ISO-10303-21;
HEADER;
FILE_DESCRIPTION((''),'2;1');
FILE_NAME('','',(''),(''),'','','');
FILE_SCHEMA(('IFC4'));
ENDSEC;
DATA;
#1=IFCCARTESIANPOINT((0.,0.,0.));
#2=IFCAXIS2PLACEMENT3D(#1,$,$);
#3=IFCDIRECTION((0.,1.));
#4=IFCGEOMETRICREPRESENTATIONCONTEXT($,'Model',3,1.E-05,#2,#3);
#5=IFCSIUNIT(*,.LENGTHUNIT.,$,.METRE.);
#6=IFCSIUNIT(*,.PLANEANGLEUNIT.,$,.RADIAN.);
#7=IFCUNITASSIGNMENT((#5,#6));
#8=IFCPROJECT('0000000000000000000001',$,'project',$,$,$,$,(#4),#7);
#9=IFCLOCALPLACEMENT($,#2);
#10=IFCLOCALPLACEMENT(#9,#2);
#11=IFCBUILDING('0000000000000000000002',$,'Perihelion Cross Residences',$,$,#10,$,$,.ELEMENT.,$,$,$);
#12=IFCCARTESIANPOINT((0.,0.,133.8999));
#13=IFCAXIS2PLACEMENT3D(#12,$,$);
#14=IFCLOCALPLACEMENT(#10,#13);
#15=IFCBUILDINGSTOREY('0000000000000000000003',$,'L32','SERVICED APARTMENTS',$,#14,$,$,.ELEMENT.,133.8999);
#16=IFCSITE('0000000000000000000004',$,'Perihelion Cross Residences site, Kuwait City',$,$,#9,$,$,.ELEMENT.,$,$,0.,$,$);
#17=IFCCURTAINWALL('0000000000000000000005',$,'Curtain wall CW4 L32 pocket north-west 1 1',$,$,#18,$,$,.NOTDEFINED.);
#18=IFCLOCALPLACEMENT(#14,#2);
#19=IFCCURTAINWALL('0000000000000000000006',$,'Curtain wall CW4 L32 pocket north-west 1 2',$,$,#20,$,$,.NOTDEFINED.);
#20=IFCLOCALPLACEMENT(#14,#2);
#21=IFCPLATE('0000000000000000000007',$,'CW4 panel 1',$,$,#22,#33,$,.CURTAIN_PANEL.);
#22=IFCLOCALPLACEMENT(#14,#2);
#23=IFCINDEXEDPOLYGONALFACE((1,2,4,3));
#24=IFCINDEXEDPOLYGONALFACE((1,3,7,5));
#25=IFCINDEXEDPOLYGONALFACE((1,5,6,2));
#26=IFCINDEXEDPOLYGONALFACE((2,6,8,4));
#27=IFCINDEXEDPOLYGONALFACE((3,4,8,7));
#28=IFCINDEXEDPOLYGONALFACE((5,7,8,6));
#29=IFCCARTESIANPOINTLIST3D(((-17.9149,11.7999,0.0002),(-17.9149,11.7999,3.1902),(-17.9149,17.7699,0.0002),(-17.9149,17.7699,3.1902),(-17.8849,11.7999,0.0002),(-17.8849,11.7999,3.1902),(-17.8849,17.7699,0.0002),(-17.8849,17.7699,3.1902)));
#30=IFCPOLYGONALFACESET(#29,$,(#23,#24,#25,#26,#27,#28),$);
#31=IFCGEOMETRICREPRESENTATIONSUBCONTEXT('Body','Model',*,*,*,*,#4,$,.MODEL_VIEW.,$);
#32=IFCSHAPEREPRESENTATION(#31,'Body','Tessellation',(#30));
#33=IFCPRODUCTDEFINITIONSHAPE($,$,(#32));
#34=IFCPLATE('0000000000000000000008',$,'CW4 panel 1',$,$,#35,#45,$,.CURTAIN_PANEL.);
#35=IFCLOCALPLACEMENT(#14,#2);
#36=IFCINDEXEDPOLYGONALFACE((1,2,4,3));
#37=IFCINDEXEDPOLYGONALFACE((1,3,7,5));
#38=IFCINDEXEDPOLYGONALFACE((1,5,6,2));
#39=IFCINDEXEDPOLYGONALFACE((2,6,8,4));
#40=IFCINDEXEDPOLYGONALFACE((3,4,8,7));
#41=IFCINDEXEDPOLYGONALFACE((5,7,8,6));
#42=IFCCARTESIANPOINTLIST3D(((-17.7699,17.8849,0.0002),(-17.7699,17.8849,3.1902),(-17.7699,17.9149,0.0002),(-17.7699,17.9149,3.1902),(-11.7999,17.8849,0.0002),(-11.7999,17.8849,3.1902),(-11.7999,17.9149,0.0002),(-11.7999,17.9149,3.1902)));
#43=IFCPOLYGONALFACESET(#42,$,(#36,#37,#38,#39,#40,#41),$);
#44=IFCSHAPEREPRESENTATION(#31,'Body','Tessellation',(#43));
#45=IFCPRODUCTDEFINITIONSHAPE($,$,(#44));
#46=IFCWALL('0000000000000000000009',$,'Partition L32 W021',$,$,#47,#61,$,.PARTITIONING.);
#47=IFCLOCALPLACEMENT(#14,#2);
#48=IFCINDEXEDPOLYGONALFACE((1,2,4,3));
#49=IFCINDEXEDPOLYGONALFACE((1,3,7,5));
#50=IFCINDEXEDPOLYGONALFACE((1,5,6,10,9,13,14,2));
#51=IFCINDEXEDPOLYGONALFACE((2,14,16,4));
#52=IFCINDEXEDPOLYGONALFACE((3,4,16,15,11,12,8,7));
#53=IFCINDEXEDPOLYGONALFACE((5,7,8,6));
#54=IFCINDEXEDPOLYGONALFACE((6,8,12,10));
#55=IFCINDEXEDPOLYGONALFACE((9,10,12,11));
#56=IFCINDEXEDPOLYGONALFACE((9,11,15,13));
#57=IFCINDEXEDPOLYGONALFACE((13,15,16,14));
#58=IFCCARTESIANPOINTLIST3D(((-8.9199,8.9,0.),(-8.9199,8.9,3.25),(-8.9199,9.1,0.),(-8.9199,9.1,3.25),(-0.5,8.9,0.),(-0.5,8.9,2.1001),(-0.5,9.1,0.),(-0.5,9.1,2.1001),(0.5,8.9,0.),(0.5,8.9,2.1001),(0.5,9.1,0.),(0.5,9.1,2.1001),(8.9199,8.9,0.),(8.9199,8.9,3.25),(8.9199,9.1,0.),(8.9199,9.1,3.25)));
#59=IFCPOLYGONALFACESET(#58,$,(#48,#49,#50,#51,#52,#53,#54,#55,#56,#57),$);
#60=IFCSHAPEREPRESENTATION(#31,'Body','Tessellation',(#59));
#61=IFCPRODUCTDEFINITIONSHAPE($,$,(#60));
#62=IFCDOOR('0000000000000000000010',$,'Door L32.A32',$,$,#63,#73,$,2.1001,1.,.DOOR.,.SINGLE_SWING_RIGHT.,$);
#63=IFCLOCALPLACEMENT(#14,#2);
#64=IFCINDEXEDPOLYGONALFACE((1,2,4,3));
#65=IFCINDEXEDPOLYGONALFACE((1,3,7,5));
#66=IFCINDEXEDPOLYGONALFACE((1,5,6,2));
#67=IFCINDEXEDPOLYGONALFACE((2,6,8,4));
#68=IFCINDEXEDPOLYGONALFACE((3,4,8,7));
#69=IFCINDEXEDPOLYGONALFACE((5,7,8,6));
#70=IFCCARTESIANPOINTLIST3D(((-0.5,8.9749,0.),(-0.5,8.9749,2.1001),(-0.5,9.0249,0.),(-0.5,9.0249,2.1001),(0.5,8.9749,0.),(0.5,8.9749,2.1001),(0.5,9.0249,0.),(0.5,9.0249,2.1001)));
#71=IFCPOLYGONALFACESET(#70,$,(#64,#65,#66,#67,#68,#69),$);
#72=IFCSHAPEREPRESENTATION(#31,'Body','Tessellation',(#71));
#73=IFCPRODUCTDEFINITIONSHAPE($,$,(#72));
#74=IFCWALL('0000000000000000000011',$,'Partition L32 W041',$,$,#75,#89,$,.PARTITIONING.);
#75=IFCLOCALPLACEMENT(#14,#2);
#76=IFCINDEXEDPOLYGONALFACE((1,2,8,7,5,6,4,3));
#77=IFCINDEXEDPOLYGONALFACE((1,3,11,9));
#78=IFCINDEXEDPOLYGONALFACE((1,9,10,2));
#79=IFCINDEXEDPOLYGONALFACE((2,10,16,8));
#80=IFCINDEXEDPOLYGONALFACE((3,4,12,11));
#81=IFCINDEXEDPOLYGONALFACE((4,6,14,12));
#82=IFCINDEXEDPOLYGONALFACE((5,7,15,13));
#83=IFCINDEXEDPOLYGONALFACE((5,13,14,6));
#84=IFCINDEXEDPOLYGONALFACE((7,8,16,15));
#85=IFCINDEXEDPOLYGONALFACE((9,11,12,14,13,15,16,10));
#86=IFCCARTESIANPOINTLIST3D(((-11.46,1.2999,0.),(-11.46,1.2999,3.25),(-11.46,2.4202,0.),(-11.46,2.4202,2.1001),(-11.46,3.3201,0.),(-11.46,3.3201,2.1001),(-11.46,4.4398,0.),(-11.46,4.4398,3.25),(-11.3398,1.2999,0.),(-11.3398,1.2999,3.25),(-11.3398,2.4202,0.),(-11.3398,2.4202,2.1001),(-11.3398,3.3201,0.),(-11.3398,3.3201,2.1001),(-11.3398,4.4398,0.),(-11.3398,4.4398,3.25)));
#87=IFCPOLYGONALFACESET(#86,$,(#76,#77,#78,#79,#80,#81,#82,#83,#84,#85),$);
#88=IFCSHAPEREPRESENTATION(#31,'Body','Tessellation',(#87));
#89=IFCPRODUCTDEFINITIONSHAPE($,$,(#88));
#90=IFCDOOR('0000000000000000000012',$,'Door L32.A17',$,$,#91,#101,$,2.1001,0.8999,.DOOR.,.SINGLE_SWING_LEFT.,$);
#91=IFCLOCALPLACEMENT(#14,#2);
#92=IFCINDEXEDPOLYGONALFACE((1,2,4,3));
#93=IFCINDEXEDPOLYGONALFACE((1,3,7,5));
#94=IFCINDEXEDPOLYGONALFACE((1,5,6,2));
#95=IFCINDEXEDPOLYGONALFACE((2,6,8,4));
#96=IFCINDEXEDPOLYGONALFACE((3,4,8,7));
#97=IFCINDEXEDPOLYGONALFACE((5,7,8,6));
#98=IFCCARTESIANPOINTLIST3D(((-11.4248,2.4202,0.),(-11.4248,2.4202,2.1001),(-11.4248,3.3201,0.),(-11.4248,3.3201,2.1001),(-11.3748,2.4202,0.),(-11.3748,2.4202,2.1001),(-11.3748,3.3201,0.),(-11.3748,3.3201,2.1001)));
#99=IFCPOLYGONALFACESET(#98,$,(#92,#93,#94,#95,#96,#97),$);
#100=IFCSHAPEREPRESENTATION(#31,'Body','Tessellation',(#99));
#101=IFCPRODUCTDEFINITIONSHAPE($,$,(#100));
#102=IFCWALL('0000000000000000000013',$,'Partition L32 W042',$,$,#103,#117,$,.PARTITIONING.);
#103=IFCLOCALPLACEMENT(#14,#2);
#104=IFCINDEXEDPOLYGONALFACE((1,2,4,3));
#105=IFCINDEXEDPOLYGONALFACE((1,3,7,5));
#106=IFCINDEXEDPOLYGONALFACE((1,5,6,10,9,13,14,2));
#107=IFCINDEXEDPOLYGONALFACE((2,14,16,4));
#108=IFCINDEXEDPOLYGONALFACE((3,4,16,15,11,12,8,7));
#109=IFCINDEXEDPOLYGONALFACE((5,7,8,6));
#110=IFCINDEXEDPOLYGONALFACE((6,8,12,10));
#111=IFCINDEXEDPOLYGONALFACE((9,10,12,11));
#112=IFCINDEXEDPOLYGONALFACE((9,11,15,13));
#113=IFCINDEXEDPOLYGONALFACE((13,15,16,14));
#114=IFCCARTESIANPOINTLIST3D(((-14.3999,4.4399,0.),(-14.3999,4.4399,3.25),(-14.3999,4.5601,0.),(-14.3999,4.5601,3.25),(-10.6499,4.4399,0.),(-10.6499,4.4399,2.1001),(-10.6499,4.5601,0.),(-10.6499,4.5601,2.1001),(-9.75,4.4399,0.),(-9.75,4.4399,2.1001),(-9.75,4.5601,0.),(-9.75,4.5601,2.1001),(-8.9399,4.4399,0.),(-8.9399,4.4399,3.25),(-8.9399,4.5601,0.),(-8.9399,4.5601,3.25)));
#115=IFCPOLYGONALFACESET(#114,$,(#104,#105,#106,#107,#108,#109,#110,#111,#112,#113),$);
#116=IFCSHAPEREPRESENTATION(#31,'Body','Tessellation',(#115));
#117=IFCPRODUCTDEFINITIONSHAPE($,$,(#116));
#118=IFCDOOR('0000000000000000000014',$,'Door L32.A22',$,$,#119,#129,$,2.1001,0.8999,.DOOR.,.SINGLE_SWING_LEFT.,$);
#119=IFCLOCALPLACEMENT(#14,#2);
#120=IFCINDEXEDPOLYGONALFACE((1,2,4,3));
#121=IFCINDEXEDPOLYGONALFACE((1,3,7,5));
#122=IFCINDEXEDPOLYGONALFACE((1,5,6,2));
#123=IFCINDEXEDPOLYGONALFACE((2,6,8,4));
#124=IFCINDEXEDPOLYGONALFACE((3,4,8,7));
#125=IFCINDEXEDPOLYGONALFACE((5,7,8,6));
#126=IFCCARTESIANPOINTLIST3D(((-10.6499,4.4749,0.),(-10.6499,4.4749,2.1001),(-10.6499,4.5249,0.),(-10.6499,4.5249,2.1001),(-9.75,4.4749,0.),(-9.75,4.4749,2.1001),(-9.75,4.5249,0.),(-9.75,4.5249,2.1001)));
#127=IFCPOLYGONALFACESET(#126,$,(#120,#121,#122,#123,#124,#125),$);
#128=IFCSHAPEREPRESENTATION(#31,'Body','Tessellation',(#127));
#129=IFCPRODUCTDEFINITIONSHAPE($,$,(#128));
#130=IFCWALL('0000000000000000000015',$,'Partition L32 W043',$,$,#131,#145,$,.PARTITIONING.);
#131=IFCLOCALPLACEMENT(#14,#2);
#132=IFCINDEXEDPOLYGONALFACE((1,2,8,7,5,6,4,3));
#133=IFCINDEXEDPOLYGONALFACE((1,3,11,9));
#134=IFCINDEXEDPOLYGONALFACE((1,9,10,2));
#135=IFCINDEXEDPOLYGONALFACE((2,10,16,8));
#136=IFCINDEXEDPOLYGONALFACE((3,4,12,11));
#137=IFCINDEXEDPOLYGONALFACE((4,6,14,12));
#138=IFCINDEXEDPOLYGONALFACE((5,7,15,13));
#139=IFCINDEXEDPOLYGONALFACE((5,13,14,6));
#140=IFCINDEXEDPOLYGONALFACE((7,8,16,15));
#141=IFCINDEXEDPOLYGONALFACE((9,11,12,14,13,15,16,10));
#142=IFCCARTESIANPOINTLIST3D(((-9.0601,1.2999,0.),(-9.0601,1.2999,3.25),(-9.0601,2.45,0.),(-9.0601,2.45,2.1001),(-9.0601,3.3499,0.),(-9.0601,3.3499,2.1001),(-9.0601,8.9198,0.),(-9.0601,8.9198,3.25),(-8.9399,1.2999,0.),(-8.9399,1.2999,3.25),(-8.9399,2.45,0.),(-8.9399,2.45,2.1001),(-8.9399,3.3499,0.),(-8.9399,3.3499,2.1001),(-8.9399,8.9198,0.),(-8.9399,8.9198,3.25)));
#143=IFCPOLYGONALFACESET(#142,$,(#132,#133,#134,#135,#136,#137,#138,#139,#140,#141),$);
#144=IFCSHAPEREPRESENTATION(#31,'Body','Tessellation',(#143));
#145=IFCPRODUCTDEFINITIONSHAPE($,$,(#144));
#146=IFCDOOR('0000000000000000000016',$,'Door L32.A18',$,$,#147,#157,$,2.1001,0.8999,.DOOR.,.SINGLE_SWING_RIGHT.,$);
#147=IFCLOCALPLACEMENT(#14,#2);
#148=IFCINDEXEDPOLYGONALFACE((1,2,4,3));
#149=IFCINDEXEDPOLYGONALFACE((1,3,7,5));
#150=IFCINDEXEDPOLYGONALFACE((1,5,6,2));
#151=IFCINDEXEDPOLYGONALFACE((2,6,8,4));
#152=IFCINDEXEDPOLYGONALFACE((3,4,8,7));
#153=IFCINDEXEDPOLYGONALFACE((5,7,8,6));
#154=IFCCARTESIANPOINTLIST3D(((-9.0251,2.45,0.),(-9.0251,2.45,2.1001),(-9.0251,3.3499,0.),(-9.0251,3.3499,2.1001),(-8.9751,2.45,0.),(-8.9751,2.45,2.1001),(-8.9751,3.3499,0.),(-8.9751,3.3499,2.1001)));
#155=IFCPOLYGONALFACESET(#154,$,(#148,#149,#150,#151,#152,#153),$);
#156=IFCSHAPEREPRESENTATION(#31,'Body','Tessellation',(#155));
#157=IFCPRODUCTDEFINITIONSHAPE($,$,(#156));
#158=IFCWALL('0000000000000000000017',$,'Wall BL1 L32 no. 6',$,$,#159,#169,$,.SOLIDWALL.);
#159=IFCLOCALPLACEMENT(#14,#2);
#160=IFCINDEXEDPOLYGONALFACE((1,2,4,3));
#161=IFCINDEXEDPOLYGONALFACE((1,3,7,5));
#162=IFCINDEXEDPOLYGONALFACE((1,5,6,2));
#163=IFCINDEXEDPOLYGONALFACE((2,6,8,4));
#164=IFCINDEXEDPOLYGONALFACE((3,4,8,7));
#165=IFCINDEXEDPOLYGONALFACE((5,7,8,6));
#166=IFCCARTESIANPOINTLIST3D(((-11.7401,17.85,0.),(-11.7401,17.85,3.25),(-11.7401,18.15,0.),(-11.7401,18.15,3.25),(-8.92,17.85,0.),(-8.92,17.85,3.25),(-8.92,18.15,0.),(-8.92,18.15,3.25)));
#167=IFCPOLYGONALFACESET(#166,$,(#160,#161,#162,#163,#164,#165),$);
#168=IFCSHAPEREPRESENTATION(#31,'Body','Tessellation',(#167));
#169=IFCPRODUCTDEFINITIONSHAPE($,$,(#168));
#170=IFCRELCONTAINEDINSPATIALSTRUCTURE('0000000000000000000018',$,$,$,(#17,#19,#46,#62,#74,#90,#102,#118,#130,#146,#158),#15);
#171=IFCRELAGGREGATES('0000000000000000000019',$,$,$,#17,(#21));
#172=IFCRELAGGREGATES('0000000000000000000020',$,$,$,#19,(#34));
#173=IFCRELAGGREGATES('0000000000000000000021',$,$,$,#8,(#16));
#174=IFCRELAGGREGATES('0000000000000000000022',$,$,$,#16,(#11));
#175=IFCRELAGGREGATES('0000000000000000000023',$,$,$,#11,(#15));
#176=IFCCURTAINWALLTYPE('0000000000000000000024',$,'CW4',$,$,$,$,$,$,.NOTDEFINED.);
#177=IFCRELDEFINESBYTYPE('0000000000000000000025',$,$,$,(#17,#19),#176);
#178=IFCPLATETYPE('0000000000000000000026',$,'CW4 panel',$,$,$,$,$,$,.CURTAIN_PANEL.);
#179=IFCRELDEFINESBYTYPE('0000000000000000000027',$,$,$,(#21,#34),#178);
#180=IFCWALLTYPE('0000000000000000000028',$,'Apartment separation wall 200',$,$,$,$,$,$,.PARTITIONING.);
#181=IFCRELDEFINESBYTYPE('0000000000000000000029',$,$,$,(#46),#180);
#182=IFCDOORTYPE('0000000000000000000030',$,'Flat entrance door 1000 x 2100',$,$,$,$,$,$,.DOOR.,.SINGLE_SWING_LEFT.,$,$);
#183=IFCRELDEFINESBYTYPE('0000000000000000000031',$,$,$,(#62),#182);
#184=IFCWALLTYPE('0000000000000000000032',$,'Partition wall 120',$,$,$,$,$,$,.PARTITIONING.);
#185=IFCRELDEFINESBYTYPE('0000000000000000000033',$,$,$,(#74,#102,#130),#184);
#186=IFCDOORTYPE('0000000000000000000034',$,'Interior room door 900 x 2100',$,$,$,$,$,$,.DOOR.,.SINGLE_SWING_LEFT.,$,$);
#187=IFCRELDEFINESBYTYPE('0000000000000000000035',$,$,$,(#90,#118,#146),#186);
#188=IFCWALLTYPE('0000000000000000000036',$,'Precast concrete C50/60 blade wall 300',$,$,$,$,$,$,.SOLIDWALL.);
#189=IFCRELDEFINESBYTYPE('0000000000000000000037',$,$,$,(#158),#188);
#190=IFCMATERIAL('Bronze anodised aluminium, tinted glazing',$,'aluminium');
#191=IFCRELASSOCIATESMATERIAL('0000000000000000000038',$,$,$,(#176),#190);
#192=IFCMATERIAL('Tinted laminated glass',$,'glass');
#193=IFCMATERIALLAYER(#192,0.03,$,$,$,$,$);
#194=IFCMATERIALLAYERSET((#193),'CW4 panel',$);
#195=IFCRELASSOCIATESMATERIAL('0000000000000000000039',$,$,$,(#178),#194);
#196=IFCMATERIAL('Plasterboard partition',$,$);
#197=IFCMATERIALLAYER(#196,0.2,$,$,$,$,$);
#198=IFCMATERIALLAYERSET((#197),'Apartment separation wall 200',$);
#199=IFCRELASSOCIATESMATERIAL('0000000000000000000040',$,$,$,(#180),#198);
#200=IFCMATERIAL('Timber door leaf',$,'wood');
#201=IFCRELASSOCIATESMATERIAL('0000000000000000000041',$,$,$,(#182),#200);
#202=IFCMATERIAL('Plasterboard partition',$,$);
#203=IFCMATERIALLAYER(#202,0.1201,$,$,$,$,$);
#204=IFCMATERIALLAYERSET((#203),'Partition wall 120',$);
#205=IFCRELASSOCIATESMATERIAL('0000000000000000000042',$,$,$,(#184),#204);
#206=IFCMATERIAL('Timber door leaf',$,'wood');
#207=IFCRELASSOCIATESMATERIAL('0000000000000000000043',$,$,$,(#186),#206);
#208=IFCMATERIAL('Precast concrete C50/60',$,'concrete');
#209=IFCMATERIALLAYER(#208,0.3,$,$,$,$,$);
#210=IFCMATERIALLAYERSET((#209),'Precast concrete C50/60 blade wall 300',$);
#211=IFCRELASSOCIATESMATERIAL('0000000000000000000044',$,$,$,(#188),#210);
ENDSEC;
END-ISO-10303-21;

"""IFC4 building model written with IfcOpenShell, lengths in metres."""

from ifc_helpers import new_model, si_unit, direction, frame, frame_2d, origin, origin_2d, place, context, subcontext, project, spatial, rectangle, extrude, material, layer, layer_set, type_object, element, fill, aggregate, save


model = new_model("IFC4")

# Units and contexts
model_context = context("Model", 3, precision=1e-05, world=origin(), true_north=direction((0.0, 1.0)))
body_context = subcontext(model_context, "Body", "Model", "MODEL_VIEW")
ifc_project = project(units=[si_unit("LENGTHUNIT", "METRE"), si_unit("PLANEANGLEUNIT", "RADIAN")], contexts=[model_context])

# Site, building, storey
site_placement = place(None, origin())
site = spatial("IfcSite", under=ifc_project, at=site_placement, Name="Perihelion Cross Residences site, Kuwait City", CompositionType="ELEMENT", RefElevation=0.0)
building_placement = place(site_placement, origin())
building = spatial("IfcBuilding", under=site, at=building_placement, Name="Perihelion Cross Residences", CompositionType="ELEMENT")
storey_placement = place(building_placement, frame((0.0, 0.0, 133.8999)))
storey = spatial("IfcBuildingStorey", under=building, at=storey_placement, Name="L32", Description="SERVICED APARTMENTS", CompositionType="ELEMENT", Elevation=133.8999)

# Curtain walls
ifc_material_1 = material(Name="Bronze anodised aluminium, tinted glazing", Category="aluminium")
curtain_wall_type_1 = type_object("IfcCurtainWallType", Name="CW4", PredefinedType="NOTDEFINED", material=ifc_material_1)
curtain_wall_1_placement = place(storey_placement, origin())
curtain_wall_1 = element("IfcCurtainWall", 1, at=curtain_wall_1_placement, inside=storey, type_object=curtain_wall_type_1, Name="Curtain wall CW4 L32 pocket north-west 1 1", PredefinedType="NOTDEFINED")
curtain_wall_2_placement = place(storey_placement, origin())
curtain_wall_2 = element("IfcCurtainWall", 2, at=curtain_wall_2_placement, inside=storey, type_object=curtain_wall_type_1, Name="Curtain wall CW4 L32 pocket north-west 1 2", PredefinedType="NOTDEFINED")

# Plates
ifc_material_2 = material(Name="Tinted laminated glass", Category="glass")
ifc_layer_1 = layer(ifc_material_2, 0.03)
ifc_layer_set_1 = layer_set([ifc_layer_1], Name="CW4 panel")
plate_type_1 = type_object("IfcPlateType", Name="CW4 panel", PredefinedType="CURTAIN_PANEL", material=ifc_layer_set_1)
plate_1_placement = place(storey_placement, frame((-17.8999, 14.7849, 0.0002), z_axis=(0.0, 0.0, 1.0), x_axis=(0.0, 1.0, 0.0)))
plate_1 = element("IfcPlate", 3, at=plate_1_placement, type_object=plate_type_1, Name="CW4 panel 1", PredefinedType="CURTAIN_PANEL", context=body_context, shape_type="SweptSolid", body=[
    extrude(rectangle(XDim=5.97, YDim=0.03, at=origin_2d()), origin(), (0.0, 0.0, 1.0), 3.1899),
])
aggregate(curtain_wall_1, [plate_1])
plate_2_placement = place(storey_placement, frame((-14.7849, 17.8999, 0.0002), z_axis=(0.0, 0.0, 1.0), x_axis=(1.0, 0.0, 0.0)))
plate_2 = element("IfcPlate", 4, at=plate_2_placement, type_object=plate_type_1, Name="CW4 panel 1", PredefinedType="CURTAIN_PANEL", context=body_context, shape_type="SweptSolid", body=[
    extrude(rectangle(XDim=5.97, YDim=0.03, at=origin_2d()), origin(), (0.0, 0.0, 1.0), 3.1899),
])
aggregate(curtain_wall_2, [plate_2])

# Walls, openings, doors
ifc_material_3 = material(Name="Plasterboard partition")
ifc_layer_2 = layer(ifc_material_3, 0.2)
ifc_layer_set_2 = layer_set([ifc_layer_2], Name="Apartment separation wall 200")
wall_type_1 = type_object("IfcWallType", Name="Apartment separation wall 200", PredefinedType="PARTITIONING", material=ifc_layer_set_2)
wall_1_placement = place(storey_placement, frame((-8.9199, 9.0, 0.0), z_axis=(0.0, 0.0, 1.0), x_axis=(1.0, 0.0, 0.0)))
wall_1 = element("IfcWall", 5, at=wall_1_placement, inside=storey, type_object=wall_type_1, Name="Partition L32 W021", PredefinedType="PARTITIONING", context=body_context, shape_type="SweptSolid", body=[
    extrude(rectangle(XDim=17.8398, YDim=0.2, at=frame_2d((8.9199, 0.0))), origin(), (0.0, 0.0, 1.0), 3.25),
])
opening_1_placement = place(wall_1_placement, frame((8.4199, 0.0, 0.0)))
opening_1 = element("IfcOpeningElement", 6, at=opening_1_placement, cuts=wall_1, PredefinedType="OPENING", context=body_context, shape_type="SweptSolid", body=[
    extrude(rectangle(XDim=1.0, YDim=2.1001, at=frame_2d((0.5, 1.05))), frame((0.0, 0.1099, 0.0), z_axis=(0.0, -1.0, 0.0), x_axis=(1.0, 0.0, 0.0)), (0.0, 0.0, 1.0), 0.22),
])
ifc_material_4 = material(Name="Timber door leaf", Category="wood")
door_type_1 = type_object("IfcDoorType", Name="Flat entrance door 1000 x 2100", OperationType="SINGLE_SWING_LEFT", PredefinedType="DOOR", material=ifc_material_4)
door_1_placement = place(opening_1_placement, origin())
door_1 = element("IfcDoor", 7, at=door_1_placement, inside=storey, type_object=door_type_1, Name="Door L32.A32", OperationType="SINGLE_SWING_RIGHT", OverallHeight=2.1001, OverallWidth=1.0, PredefinedType="DOOR", context=body_context, shape_type="SweptSolid", body=[
    extrude(rectangle(XDim=1.0, YDim=2.1001, at=frame_2d((0.5, 1.05))), frame((0.0, 0.0249, 0.0), z_axis=(0.0, -1.0, 0.0), x_axis=(1.0, 0.0, 0.0)), (0.0, 0.0, 1.0), 0.05),
])
fill(opening_1, door_1)
ifc_material_5 = material(Name="Plasterboard partition")
ifc_layer_3 = layer(ifc_material_5, 0.1201)
ifc_layer_set_3 = layer_set([ifc_layer_3], Name="Partition wall 120")
wall_type_2 = type_object("IfcWallType", Name="Partition wall 120", PredefinedType="PARTITIONING", material=ifc_layer_set_3)
wall_2_placement = place(storey_placement, frame((-11.3999, 1.3, 0.0), z_axis=(0.0, 0.0, 1.0), x_axis=(0.0, 1.0, 0.0)))
wall_2 = element("IfcWall", 8, at=wall_2_placement, inside=storey, type_object=wall_type_2, Name="Partition L32 W041", PredefinedType="PARTITIONING", context=body_context, shape_type="SweptSolid", body=[
    extrude(rectangle(XDim=3.1399, YDim=0.1201, at=frame_2d((1.5698, 0.0))), origin(), (0.0, 0.0, 1.0), 3.25),
])
opening_2_placement = place(wall_2_placement, frame((1.1201, 0.0, 0.0)))
opening_2 = element("IfcOpeningElement", 9, at=opening_2_placement, cuts=wall_2, PredefinedType="OPENING", context=body_context, shape_type="SweptSolid", body=[
    extrude(rectangle(XDim=0.8999, YDim=2.1001, at=frame_2d((0.45, 1.05))), frame((0.0, 0.0701, 0.0), z_axis=(0.0, -1.0, 0.0), x_axis=(1.0, 0.0, 0.0)), (0.0, 0.0, 1.0), 0.1401),
])
ifc_material_6 = material(Name="Timber door leaf", Category="wood")
door_type_2 = type_object("IfcDoorType", Name="Interior room door 900 x 2100", OperationType="SINGLE_SWING_LEFT", PredefinedType="DOOR", material=ifc_material_6)
door_2_placement = place(opening_2_placement, origin())
door_2 = element("IfcDoor", 10, at=door_2_placement, inside=storey, type_object=door_type_2, Name="Door L32.A17", OperationType="SINGLE_SWING_LEFT", OverallHeight=2.1001, OverallWidth=0.8999, PredefinedType="DOOR", context=body_context, shape_type="SweptSolid", body=[
    extrude(rectangle(XDim=0.8999, YDim=2.1001, at=frame_2d((0.45, 1.05))), frame((0.0, 0.0249, 0.0), z_axis=(0.0, -1.0, 0.0), x_axis=(1.0, 0.0, 0.0)), (0.0, 0.0, 1.0), 0.05),
])
fill(opening_2, door_2)
wall_3_placement = place(storey_placement, frame((-14.3999, 4.5, 0.0), z_axis=(0.0, 0.0, 1.0), x_axis=(1.0, 0.0, 0.0)))
wall_3 = element("IfcWall", 11, at=wall_3_placement, inside=storey, type_object=wall_type_2, Name="Partition L32 W042", PredefinedType="PARTITIONING", context=body_context, shape_type="SweptSolid", body=[
    extrude(rectangle(XDim=5.46, YDim=0.1201, at=frame_2d((2.73, 0.0))), origin(), (0.0, 0.0, 1.0), 3.25),
])
opening_3_placement = place(wall_3_placement, frame((3.75, 0.0, 0.0)))
opening_3 = element("IfcOpeningElement", 12, at=opening_3_placement, cuts=wall_3, PredefinedType="OPENING", context=body_context, shape_type="SweptSolid", body=[
    extrude(rectangle(XDim=0.8999, YDim=2.1001, at=frame_2d((0.45, 1.05))), frame((0.0, 0.0701, 0.0), z_axis=(0.0, -1.0, 0.0), x_axis=(1.0, 0.0, 0.0)), (0.0, 0.0, 1.0), 0.1401),
])
door_3_placement = place(opening_3_placement, origin())
door_3 = element("IfcDoor", 13, at=door_3_placement, inside=storey, type_object=door_type_2, Name="Door L32.A22", OperationType="SINGLE_SWING_LEFT", OverallHeight=2.1001, OverallWidth=0.8999, PredefinedType="DOOR", context=body_context, shape_type="SweptSolid", body=[
    extrude(rectangle(XDim=0.8999, YDim=2.1001, at=frame_2d((0.45, 1.05))), frame((0.0, 0.0249, 0.0), z_axis=(0.0, -1.0, 0.0), x_axis=(1.0, 0.0, 0.0)), (0.0, 0.0, 1.0), 0.05),
])
fill(opening_3, door_3)
wall_4_placement = place(storey_placement, frame((-9.0, 8.9199, 0.0), z_axis=(0.0, 0.0, 1.0), x_axis=(0.0, -1.0, 0.0)))
wall_4 = element("IfcWall", 14, at=wall_4_placement, inside=storey, type_object=wall_type_2, Name="Partition L32 W043", PredefinedType="PARTITIONING", context=body_context, shape_type="SweptSolid", body=[
    extrude(rectangle(XDim=7.6199, YDim=0.1201, at=frame_2d((3.8101, 0.0))), origin(), (0.0, 0.0, 1.0), 3.25),
])
opening_4_placement = place(wall_4_placement, frame((5.5701, 0.0, 0.0)))
opening_4 = element("IfcOpeningElement", 15, at=opening_4_placement, cuts=wall_4, PredefinedType="OPENING", context=body_context, shape_type="SweptSolid", body=[
    extrude(rectangle(XDim=0.8999, YDim=2.1001, at=frame_2d((0.45, 1.05))), frame((0.0, 0.0701, 0.0), z_axis=(0.0, -1.0, 0.0), x_axis=(1.0, 0.0, 0.0)), (0.0, 0.0, 1.0), 0.1401),
])
door_4_placement = place(opening_4_placement, origin())
door_4 = element("IfcDoor", 16, at=door_4_placement, inside=storey, type_object=door_type_2, Name="Door L32.A18", OperationType="SINGLE_SWING_RIGHT", OverallHeight=2.1001, OverallWidth=0.8999, PredefinedType="DOOR", context=body_context, shape_type="SweptSolid", body=[
    extrude(rectangle(XDim=0.8999, YDim=2.1001, at=frame_2d((0.45, 1.05))), frame((0.0, 0.0249, 0.0), z_axis=(0.0, -1.0, 0.0), x_axis=(1.0, 0.0, 0.0)), (0.0, 0.0, 1.0), 0.05),
])
fill(opening_4, door_4)

# Wall
ifc_material_7 = material(Name="Precast concrete C50/60", Category="concrete")
ifc_layer_4 = layer(ifc_material_7, 0.3)
ifc_layer_set_4 = layer_set([ifc_layer_4], Name="Precast concrete C50/60 blade wall 300")
wall_type_3 = type_object("IfcWallType", Name="Precast concrete C50/60 blade wall 300", PredefinedType="SOLIDWALL", material=ifc_layer_set_4)
wall_5_placement = place(storey_placement, frame((-8.9199, 18.0, 0.0), z_axis=(0.0, 0.0, 1.0), x_axis=(-1.0, 0.0, 0.0)))
element("IfcWall", 17, at=wall_5_placement, inside=storey, type_object=wall_type_3, Name="Wall BL1 L32 no. 6", PredefinedType="SOLIDWALL", context=body_context, shape_type="SweptSolid", body=[
    extrude(rectangle(XDim=2.8201, YDim=0.3, at=frame_2d((1.4102, 0.0))), origin(), (0.0, 0.0, 1.0), 3.25),
])

save(model, "model.ifc")
